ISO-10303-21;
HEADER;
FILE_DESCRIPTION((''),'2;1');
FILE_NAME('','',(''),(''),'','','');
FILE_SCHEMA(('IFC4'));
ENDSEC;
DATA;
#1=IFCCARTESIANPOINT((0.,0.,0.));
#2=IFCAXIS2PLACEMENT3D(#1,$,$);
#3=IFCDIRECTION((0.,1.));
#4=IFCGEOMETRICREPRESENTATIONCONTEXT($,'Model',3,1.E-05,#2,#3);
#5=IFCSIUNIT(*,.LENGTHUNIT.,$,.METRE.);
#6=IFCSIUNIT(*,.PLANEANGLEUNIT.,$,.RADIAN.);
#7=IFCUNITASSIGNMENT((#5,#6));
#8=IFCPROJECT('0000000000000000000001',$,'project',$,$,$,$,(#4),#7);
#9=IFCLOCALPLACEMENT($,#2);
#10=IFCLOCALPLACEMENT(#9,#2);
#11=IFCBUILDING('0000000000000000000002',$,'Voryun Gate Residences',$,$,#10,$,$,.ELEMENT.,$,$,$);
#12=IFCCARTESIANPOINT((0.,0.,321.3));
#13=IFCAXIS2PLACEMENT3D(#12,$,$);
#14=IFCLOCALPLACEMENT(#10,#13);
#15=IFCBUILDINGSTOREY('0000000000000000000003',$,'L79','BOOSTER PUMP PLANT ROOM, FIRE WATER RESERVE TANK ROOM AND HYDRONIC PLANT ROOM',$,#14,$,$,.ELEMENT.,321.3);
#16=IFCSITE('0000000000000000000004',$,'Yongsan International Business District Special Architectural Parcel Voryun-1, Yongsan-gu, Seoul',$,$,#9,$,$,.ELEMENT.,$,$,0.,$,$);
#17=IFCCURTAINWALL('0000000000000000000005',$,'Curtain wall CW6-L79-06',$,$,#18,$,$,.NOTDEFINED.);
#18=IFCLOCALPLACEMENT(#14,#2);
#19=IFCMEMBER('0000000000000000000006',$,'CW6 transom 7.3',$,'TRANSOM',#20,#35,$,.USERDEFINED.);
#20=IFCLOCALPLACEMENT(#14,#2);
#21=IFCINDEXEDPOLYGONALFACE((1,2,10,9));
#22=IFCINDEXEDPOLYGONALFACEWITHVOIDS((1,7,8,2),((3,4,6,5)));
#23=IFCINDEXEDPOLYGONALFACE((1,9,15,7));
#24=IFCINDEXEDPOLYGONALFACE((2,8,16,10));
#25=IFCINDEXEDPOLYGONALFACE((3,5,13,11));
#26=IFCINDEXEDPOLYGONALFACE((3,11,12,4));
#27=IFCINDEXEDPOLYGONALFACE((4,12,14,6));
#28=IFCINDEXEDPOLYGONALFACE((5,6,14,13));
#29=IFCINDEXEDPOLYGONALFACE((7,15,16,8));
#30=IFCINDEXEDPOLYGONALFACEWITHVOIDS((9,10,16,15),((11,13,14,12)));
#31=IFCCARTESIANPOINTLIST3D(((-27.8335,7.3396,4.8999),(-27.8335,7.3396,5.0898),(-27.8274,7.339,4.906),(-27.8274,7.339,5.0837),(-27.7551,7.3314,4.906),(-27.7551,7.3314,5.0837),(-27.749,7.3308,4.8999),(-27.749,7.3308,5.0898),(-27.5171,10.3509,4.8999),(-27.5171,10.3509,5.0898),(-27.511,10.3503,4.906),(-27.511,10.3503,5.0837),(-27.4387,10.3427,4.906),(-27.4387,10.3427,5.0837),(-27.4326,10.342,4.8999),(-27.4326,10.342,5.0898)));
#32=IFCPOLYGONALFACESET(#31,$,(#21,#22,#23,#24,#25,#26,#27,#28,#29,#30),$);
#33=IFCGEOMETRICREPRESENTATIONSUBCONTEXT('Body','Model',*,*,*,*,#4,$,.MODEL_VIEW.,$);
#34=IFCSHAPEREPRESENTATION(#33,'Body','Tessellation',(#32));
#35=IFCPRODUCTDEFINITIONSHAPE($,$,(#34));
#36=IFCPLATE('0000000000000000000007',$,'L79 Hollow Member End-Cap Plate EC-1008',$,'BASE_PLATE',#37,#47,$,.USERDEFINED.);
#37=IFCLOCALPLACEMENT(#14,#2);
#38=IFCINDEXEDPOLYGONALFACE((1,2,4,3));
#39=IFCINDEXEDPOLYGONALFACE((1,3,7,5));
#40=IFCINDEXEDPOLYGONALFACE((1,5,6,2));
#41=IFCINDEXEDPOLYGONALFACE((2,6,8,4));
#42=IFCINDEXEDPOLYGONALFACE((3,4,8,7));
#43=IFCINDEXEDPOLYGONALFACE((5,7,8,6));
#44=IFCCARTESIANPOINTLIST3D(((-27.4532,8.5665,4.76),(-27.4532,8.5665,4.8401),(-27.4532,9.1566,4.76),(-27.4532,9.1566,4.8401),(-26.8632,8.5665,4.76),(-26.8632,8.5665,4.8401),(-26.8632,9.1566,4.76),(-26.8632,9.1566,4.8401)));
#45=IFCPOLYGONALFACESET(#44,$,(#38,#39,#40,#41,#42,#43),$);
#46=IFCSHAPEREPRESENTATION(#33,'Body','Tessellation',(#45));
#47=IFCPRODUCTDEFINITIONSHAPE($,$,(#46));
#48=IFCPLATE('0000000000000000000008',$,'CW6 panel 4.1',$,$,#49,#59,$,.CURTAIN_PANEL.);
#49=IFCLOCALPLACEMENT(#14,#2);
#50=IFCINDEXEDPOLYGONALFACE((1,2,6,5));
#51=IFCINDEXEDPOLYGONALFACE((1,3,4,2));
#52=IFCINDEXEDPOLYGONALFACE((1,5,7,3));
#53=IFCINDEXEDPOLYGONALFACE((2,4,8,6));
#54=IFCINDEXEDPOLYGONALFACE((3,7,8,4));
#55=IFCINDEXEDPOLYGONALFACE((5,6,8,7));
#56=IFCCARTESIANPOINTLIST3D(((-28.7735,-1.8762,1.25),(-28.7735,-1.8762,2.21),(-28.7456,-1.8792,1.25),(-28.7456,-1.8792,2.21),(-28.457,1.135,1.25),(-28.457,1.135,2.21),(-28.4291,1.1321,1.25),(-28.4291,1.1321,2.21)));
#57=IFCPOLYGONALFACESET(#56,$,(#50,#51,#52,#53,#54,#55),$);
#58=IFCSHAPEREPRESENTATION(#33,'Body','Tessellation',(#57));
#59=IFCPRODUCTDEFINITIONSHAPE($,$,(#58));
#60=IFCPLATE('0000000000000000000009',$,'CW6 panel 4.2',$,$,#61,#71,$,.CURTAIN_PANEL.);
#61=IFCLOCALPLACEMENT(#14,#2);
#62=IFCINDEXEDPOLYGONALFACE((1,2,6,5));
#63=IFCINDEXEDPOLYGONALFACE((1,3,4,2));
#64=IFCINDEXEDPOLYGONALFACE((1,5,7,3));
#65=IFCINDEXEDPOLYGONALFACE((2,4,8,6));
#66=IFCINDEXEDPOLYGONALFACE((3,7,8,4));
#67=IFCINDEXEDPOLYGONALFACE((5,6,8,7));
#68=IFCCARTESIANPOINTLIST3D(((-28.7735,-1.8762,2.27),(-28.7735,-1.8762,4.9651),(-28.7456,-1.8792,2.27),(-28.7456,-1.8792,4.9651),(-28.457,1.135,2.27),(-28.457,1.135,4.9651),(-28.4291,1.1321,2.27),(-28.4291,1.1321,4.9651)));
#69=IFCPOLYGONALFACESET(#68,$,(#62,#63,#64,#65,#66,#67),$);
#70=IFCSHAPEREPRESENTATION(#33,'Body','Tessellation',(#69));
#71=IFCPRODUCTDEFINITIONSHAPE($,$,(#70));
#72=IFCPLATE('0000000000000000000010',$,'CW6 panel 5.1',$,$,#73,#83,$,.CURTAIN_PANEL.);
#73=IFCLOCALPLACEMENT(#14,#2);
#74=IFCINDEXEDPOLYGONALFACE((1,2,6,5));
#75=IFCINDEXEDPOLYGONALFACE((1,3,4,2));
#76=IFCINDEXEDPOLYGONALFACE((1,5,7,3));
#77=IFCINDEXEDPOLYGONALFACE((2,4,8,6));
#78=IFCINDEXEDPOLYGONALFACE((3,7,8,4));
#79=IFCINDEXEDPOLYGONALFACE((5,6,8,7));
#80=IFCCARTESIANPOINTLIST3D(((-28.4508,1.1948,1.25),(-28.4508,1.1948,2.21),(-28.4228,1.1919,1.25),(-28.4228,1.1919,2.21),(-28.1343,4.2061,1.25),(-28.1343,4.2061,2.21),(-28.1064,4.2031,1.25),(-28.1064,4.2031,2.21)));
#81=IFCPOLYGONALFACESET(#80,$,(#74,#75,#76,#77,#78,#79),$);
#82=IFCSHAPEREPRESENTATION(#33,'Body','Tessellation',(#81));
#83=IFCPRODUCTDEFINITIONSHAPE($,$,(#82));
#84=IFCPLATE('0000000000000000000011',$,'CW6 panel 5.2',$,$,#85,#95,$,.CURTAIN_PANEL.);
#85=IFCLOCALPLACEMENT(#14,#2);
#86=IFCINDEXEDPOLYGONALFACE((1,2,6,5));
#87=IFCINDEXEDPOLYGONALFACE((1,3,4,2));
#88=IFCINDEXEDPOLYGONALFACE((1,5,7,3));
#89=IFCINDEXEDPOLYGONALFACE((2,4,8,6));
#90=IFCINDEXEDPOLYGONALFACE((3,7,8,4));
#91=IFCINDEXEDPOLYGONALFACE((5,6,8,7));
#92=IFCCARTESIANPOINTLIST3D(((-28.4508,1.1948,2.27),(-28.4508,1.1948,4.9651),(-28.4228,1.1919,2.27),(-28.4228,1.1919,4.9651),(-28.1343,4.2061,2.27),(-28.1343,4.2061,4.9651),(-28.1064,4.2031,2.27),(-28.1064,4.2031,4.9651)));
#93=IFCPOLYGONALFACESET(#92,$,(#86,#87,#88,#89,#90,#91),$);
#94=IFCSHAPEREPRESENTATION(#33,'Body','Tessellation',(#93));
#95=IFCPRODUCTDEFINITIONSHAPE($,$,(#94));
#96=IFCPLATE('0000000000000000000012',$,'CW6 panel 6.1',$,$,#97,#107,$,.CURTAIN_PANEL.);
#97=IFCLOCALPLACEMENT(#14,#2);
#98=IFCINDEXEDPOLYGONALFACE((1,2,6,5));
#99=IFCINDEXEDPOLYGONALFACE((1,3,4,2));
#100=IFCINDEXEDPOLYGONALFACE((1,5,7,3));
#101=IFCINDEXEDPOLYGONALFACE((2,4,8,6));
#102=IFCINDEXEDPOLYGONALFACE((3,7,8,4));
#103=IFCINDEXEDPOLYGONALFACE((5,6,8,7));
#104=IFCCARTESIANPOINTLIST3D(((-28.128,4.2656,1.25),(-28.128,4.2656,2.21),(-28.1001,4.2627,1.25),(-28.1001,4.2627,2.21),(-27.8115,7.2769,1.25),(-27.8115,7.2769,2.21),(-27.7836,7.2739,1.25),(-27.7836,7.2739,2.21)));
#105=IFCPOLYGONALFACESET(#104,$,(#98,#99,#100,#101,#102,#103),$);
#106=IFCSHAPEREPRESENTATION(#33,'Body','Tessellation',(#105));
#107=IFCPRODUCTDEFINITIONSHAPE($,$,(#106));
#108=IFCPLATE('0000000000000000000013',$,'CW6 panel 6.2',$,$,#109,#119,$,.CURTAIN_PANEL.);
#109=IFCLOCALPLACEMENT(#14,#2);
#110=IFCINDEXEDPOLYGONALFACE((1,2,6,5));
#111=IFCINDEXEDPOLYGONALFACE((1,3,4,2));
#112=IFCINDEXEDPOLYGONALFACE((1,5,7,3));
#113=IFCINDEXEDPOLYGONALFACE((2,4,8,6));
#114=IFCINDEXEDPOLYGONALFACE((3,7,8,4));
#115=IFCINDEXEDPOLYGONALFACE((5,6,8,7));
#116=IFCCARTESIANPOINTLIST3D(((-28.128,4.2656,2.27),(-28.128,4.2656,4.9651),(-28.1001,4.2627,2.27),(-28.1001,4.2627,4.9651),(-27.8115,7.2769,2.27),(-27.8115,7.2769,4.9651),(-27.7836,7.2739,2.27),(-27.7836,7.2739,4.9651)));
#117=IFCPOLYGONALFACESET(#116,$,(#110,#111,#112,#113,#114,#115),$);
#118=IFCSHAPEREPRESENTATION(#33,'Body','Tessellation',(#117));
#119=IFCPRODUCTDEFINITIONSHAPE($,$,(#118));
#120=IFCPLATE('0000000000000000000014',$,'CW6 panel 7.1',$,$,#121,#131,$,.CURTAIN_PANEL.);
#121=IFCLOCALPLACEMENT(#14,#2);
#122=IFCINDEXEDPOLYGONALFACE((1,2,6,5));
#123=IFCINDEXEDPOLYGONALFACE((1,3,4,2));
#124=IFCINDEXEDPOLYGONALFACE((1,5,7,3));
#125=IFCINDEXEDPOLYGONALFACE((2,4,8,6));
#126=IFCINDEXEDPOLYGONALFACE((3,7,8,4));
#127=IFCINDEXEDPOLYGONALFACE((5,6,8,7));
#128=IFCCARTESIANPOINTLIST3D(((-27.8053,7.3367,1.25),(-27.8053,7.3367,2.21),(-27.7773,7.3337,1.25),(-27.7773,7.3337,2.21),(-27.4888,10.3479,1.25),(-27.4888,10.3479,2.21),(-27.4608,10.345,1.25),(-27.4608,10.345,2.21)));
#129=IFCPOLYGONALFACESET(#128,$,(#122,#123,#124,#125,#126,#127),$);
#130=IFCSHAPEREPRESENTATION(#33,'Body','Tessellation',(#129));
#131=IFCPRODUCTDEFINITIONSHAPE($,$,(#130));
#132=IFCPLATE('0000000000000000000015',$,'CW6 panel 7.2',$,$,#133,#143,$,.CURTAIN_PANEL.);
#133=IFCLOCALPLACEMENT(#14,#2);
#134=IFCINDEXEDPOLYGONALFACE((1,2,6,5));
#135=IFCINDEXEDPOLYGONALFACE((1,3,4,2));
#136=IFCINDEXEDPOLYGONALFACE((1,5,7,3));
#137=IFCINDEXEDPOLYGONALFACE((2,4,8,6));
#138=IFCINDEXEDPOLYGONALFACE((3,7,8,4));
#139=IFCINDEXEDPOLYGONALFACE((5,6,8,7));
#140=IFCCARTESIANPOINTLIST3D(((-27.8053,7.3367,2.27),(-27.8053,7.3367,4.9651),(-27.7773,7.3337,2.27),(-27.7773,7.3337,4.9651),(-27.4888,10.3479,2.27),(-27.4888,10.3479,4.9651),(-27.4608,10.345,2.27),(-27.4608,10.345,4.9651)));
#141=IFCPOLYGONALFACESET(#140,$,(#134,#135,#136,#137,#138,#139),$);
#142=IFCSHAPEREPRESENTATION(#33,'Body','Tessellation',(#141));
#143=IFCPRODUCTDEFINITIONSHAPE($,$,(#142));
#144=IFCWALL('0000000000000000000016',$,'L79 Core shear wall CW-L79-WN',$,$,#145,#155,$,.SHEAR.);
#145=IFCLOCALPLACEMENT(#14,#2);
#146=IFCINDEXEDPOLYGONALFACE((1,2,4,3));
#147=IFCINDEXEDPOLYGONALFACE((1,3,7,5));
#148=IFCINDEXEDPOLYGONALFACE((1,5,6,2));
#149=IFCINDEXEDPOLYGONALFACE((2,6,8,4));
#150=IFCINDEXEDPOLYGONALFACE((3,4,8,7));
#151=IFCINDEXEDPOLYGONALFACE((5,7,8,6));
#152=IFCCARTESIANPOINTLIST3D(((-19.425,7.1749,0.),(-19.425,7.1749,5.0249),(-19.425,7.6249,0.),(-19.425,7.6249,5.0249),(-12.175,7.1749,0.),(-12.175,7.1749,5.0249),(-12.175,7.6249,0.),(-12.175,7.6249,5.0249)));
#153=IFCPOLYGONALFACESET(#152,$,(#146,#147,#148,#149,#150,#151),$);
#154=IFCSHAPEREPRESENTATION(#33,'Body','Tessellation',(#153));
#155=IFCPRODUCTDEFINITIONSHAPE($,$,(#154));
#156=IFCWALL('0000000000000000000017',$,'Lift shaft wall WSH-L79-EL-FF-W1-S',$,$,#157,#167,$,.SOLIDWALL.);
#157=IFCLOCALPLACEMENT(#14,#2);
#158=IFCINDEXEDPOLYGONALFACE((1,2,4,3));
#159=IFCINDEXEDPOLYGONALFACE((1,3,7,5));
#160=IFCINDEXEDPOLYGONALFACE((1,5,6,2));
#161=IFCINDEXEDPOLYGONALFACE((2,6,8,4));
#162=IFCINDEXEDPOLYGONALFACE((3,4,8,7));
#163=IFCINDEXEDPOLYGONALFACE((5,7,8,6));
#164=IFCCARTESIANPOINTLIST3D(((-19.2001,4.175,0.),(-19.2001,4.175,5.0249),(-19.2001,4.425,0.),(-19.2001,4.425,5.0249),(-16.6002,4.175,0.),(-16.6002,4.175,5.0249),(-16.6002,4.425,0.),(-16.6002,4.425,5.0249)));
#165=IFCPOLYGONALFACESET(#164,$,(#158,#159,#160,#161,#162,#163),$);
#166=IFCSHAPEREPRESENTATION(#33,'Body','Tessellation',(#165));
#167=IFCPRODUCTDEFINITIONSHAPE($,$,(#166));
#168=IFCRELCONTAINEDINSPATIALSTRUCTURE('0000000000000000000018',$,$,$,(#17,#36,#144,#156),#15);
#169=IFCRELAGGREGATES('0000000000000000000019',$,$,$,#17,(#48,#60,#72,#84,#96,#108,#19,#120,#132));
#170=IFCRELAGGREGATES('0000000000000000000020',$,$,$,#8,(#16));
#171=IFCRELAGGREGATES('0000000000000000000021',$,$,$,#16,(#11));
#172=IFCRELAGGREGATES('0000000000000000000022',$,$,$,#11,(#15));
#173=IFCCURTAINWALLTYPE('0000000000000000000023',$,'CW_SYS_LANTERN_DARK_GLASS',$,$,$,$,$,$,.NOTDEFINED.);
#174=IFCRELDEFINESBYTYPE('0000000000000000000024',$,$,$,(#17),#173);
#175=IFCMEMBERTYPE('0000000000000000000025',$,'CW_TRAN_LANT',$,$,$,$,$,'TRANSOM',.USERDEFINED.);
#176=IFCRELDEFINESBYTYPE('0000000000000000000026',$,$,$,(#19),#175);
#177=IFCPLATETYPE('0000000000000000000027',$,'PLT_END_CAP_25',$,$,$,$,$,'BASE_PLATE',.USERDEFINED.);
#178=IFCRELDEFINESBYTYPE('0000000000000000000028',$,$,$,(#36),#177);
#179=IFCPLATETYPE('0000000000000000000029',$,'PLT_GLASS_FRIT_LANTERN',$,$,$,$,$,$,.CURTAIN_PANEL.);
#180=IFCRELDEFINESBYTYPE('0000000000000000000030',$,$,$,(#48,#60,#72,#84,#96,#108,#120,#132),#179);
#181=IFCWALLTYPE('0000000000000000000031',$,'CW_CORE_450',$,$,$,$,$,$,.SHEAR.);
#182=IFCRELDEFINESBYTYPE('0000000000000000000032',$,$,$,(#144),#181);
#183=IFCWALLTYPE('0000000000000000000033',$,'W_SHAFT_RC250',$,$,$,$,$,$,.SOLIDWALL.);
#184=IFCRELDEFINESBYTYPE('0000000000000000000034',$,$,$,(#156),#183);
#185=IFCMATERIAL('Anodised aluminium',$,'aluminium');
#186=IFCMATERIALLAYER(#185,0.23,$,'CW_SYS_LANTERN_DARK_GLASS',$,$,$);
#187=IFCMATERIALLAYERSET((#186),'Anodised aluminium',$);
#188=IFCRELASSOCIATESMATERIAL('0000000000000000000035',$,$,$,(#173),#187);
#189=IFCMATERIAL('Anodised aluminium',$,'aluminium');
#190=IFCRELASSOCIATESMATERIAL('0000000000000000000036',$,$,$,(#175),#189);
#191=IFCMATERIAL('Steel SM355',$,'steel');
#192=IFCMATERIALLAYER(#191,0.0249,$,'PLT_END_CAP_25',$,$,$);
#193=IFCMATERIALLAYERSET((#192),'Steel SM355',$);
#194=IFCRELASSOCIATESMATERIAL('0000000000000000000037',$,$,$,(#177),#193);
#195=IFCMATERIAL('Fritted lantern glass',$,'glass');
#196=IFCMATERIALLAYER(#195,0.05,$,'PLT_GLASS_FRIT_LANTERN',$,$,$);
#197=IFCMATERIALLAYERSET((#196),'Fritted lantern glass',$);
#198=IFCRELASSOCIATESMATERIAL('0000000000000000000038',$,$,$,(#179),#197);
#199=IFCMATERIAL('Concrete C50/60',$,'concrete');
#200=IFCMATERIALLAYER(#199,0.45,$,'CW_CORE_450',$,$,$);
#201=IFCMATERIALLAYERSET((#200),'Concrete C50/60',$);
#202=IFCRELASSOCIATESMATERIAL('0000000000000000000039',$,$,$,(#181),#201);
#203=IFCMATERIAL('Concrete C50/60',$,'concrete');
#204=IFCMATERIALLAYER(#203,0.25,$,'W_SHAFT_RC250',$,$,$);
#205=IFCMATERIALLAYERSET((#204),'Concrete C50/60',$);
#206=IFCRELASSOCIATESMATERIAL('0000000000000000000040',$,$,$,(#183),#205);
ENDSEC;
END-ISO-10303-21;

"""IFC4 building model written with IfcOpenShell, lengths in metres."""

from ifc_helpers import new_model, si_unit, direction, frame, frame_2d, origin, origin_2d, place, context, subcontext, project, spatial, rectangle, hollow_rectangle, extrude, material, layer, layer_set, material_profile, profile_set, type_object, element, aggregate, save


model = new_model("IFC4")

# Units and contexts
model_context = context("Model", 3, precision=1e-05, world=origin(), true_north=direction((0.0, 1.0)))
body_context = subcontext(model_context, "Body", "Model", "MODEL_VIEW")
ifc_project = project(units=[si_unit("LENGTHUNIT", "METRE"), si_unit("PLANEANGLEUNIT", "RADIAN")], contexts=[model_context])

# Site, building, storey
site_placement = place(None, origin())
site = spatial("IfcSite", under=ifc_project, at=site_placement, Name="Yongsan International Business District Special Architectural Parcel Voryun-1, Yongsan-gu, Seoul", CompositionType="ELEMENT", RefElevation=0.0)
building_placement = place(site_placement, origin())
building = spatial("IfcBuilding", under=site, at=building_placement, Name="Voryun Gate Residences", CompositionType="ELEMENT")
storey_placement = place(building_placement, frame((0.0, 0.0, 321.3)))
storey = spatial("IfcBuildingStorey", under=building, at=storey_placement, Name="L79", Description="BOOSTER PUMP PLANT ROOM, FIRE WATER RESERVE TANK ROOM AND HYDRONIC PLANT ROOM", CompositionType="ELEMENT", Elevation=321.3)

# Curtain wall, member
ifc_material_1 = material(Name="Anodised aluminium", Category="aluminium")
ifc_layer_1 = layer(ifc_material_1, 0.23, Name="CW_SYS_LANTERN_DARK_GLASS")
ifc_layer_set_1 = layer_set([ifc_layer_1], Name="Anodised aluminium")
curtain_wall_type = type_object("IfcCurtainWallType", Name="CW_SYS_LANTERN_DARK_GLASS", PredefinedType="NOTDEFINED", material=ifc_layer_set_1)
curtain_wall_placement = place(storey_placement, origin())
curtain_wall = element("IfcCurtainWall", 1, at=curtain_wall_placement, inside=storey, type_object=curtain_wall_type, Name="Curtain wall CW6-L79-06", PredefinedType="NOTDEFINED")
ifc_material_2 = material(Name="Anodised aluminium", Category="aluminium")
ifc_material_profile_1 = material_profile(ifc_material_2, hollow_rectangle(XDim=0.085, YDim=0.1899, WallThickness=0.0061, at=origin_2d()), Name="ALU-TRAN-190x85x6")
ifc_profile_set_1 = profile_set([ifc_material_profile_1], Name="Anodised aluminium")
member_type_1 = type_object("IfcMemberType", Name="CW_TRAN_LANT", ElementType="TRANSOM", PredefinedType="USERDEFINED", material=ifc_profile_set_1)
member_1_placement = place(storey_placement, frame((-27.7913, 7.3352, 4.9949), z_axis=(0.1045, 0.994525, 0.0), x_axis=(-0.994525, 0.1045, 0.0)))
member_1 = element("IfcMember", 2, at=member_1_placement, type_object=member_type_1, Name="CW6 transom 7.3", ObjectType="TRANSOM", PredefinedType="USERDEFINED", context=body_context, shape_type="SweptSolid", body=[
    extrude(hollow_rectangle(XDim=0.085, YDim=0.1899, WallThickness=0.0061, at=origin_2d()), origin(), (0.0, 0.0, 1.0), 3.0278),
])

# Plates
ifc_material_3 = material(Name="Steel SM355", Category="steel")
ifc_layer_2 = layer(ifc_material_3, 0.0249, Name="PLT_END_CAP_25")
ifc_layer_set_2 = layer_set([ifc_layer_2], Name="Steel SM355")
plate_type_1 = type_object("IfcPlateType", Name="PLT_END_CAP_25", ElementType="BASE_PLATE", PredefinedType="USERDEFINED", material=ifc_layer_set_2)
plate_1_placement = place(storey_placement, frame((-27.1582, 8.8616, 4.76), z_axis=(0.0, 0.0, 1.0), x_axis=(1.0, 0.0, 0.0)))
element("IfcPlate", 3, at=plate_1_placement, inside=storey, type_object=plate_type_1, Name="L79 Hollow Member End-Cap Plate EC-1008", ObjectType="BASE_PLATE", PredefinedType="USERDEFINED", context=body_context, shape_type="SweptSolid", body=[
    extrude(rectangle(XDim=0.5901, YDim=0.5901, at=origin_2d()), origin(), (0.0, 0.0, 1.0), 0.0801),
])
ifc_material_4 = material(Name="Fritted lantern glass", Category="glass")
ifc_layer_3 = layer(ifc_material_4, 0.05, Name="PLT_GLASS_FRIT_LANTERN")
ifc_layer_set_3 = layer_set([ifc_layer_3], Name="Fritted lantern glass")
plate_type_2 = type_object("IfcPlateType", Name="PLT_GLASS_FRIT_LANTERN", PredefinedType="CURTAIN_PANEL", material=ifc_layer_set_3)
plate_2_placement = place(storey_placement, frame((-28.6013, -0.3721, 1.25), z_axis=(0.0, 0.0, 1.0), x_axis=(0.104528, 0.994522, 0.0)))
plate_2 = element("IfcPlate", 4, at=plate_2_placement, type_object=plate_type_2, Name="CW6 panel 4.1", PredefinedType="CURTAIN_PANEL", context=body_context, shape_type="SweptSolid", body=[
    extrude(rectangle(XDim=3.0278, YDim=0.0281, at=origin_2d()), origin(), (0.0, 0.0, 1.0), 0.96),
])
plate_3_placement = place(storey_placement, frame((-28.6013, -0.3721, 2.27), z_axis=(0.0, 0.0, 1.0), x_axis=(0.104528, 0.994522, 0.0)))
plate_3 = element("IfcPlate", 5, at=plate_3_placement, type_object=plate_type_2, Name="CW6 panel 4.2", PredefinedType="CURTAIN_PANEL", context=body_context, shape_type="SweptSolid", body=[
    extrude(rectangle(XDim=3.0278, YDim=0.0281, at=origin_2d()), origin(), (0.0, 0.0, 1.0), 2.6951),
])
plate_4_placement = place(storey_placement, frame((-28.2786, 2.699, 1.25), z_axis=(0.0, 0.0, 1.0), x_axis=(0.104528, 0.994522, 0.0)))
plate_4 = element("IfcPlate", 6, at=plate_4_placement, type_object=plate_type_2, Name="CW6 panel 5.1", PredefinedType="CURTAIN_PANEL", context=body_context, shape_type="SweptSolid", body=[
    extrude(rectangle(XDim=3.0278, YDim=0.0281, at=origin_2d()), origin(), (0.0, 0.0, 1.0), 0.96),
])
plate_5_placement = place(storey_placement, frame((-28.2786, 2.699, 2.27), z_axis=(0.0, 0.0, 1.0), x_axis=(0.104528, 0.994522, 0.0)))
plate_5 = element("IfcPlate", 7, at=plate_5_placement, type_object=plate_type_2, Name="CW6 panel 5.2", PredefinedType="CURTAIN_PANEL", context=body_context, shape_type="SweptSolid", body=[
    extrude(rectangle(XDim=3.0278, YDim=0.0281, at=origin_2d()), origin(), (0.0, 0.0, 1.0), 2.6951),
])
plate_6_placement = place(storey_placement, frame((-27.9558, 5.7698, 1.25), z_axis=(0.0, 0.0, 1.0), x_axis=(0.104528, 0.994522, 0.0)))
plate_6 = element("IfcPlate", 8, at=plate_6_placement, type_object=plate_type_2, Name="CW6 panel 6.1", PredefinedType="CURTAIN_PANEL", context=body_context, shape_type="SweptSolid", body=[
    extrude(rectangle(XDim=3.0278, YDim=0.0281, at=origin_2d()), origin(), (0.0, 0.0, 1.0), 0.96),
])
plate_7_placement = place(storey_placement, frame((-27.9558, 5.7698, 2.27), z_axis=(0.0, 0.0, 1.0), x_axis=(0.104528, 0.994522, 0.0)))
plate_7 = element("IfcPlate", 9, at=plate_7_placement, type_object=plate_type_2, Name="CW6 panel 6.2", PredefinedType="CURTAIN_PANEL", context=body_context, shape_type="SweptSolid", body=[
    extrude(rectangle(XDim=3.0278, YDim=0.0281, at=origin_2d()), origin(), (0.0, 0.0, 1.0), 2.6951),
])
plate_8_placement = place(storey_placement, frame((-27.6331, 8.8408, 1.25), z_axis=(0.0, 0.0, 1.0), x_axis=(0.104528, 0.994522, 0.0)))
plate_8 = element("IfcPlate", 10, at=plate_8_placement, type_object=plate_type_2, Name="CW6 panel 7.1", PredefinedType="CURTAIN_PANEL", context=body_context, shape_type="SweptSolid", body=[
    extrude(rectangle(XDim=3.0278, YDim=0.0281, at=origin_2d()), origin(), (0.0, 0.0, 1.0), 0.96),
])
plate_9_placement = place(storey_placement, frame((-27.6331, 8.8408, 2.27), z_axis=(0.0, 0.0, 1.0), x_axis=(0.104528, 0.994522, 0.0)))
plate_9 = element("IfcPlate", 11, at=plate_9_placement, type_object=plate_type_2, Name="CW6 panel 7.2", PredefinedType="CURTAIN_PANEL", context=body_context, shape_type="SweptSolid", body=[
    extrude(rectangle(XDim=3.0278, YDim=0.0281, at=origin_2d()), origin(), (0.0, 0.0, 1.0), 2.6951),
])
aggregate(curtain_wall, [plate_2, plate_3, plate_4, plate_5, plate_6, plate_7, member_1, plate_8, plate_9])

# Walls
ifc_material_5 = material(Name="Concrete C50/60", Category="concrete")
ifc_layer_4 = layer(ifc_material_5, 0.45, Name="CW_CORE_450")
ifc_layer_set_4 = layer_set([ifc_layer_4], Name="Concrete C50/60")
wall_type_1 = type_object("IfcWallType", Name="CW_CORE_450", PredefinedType="SHEAR", material=ifc_layer_set_4)
wall_1_placement = place(storey_placement, frame((-19.425, 7.3999, 0.0), z_axis=(0.0, 0.0, 1.0), x_axis=(1.0, 0.0, 0.0)))
element("IfcWall", 12, at=wall_1_placement, inside=storey, type_object=wall_type_1, Name="L79 Core shear wall CW-L79-WN", PredefinedType="SHEAR", context=body_context, shape_type="SweptSolid", body=[
    extrude(rectangle(XDim=7.25, YDim=0.45, at=frame_2d((3.625, 0.0))), origin(), (0.0, 0.0, 1.0), 5.0249),
])
ifc_material_6 = material(Name="Concrete C50/60", Category="concrete")
ifc_layer_5 = layer(ifc_material_6, 0.25, Name="W_SHAFT_RC250")
ifc_layer_set_5 = layer_set([ifc_layer_5], Name="Concrete C50/60")
wall_type_2 = type_object("IfcWallType", Name="W_SHAFT_RC250", PredefinedType="SOLIDWALL", material=ifc_layer_set_5)
wall_2_placement = place(storey_placement, frame((-19.2, 4.3, 0.0), z_axis=(0.0, 0.0, 1.0), x_axis=(1.0, 0.0, 0.0)))
element("IfcWall", 13, at=wall_2_placement, inside=storey, type_object=wall_type_2, Name="Lift shaft wall WSH-L79-EL-FF-W1-S", PredefinedType="SOLIDWALL", context=body_context, shape_type="SweptSolid", body=[
    extrude(rectangle(XDim=2.5999, YDim=0.25, at=frame_2d((1.2998, 0.0))), origin(), (0.0, 0.0, 1.0), 5.0249),
])

save(model, "model.ifc")
